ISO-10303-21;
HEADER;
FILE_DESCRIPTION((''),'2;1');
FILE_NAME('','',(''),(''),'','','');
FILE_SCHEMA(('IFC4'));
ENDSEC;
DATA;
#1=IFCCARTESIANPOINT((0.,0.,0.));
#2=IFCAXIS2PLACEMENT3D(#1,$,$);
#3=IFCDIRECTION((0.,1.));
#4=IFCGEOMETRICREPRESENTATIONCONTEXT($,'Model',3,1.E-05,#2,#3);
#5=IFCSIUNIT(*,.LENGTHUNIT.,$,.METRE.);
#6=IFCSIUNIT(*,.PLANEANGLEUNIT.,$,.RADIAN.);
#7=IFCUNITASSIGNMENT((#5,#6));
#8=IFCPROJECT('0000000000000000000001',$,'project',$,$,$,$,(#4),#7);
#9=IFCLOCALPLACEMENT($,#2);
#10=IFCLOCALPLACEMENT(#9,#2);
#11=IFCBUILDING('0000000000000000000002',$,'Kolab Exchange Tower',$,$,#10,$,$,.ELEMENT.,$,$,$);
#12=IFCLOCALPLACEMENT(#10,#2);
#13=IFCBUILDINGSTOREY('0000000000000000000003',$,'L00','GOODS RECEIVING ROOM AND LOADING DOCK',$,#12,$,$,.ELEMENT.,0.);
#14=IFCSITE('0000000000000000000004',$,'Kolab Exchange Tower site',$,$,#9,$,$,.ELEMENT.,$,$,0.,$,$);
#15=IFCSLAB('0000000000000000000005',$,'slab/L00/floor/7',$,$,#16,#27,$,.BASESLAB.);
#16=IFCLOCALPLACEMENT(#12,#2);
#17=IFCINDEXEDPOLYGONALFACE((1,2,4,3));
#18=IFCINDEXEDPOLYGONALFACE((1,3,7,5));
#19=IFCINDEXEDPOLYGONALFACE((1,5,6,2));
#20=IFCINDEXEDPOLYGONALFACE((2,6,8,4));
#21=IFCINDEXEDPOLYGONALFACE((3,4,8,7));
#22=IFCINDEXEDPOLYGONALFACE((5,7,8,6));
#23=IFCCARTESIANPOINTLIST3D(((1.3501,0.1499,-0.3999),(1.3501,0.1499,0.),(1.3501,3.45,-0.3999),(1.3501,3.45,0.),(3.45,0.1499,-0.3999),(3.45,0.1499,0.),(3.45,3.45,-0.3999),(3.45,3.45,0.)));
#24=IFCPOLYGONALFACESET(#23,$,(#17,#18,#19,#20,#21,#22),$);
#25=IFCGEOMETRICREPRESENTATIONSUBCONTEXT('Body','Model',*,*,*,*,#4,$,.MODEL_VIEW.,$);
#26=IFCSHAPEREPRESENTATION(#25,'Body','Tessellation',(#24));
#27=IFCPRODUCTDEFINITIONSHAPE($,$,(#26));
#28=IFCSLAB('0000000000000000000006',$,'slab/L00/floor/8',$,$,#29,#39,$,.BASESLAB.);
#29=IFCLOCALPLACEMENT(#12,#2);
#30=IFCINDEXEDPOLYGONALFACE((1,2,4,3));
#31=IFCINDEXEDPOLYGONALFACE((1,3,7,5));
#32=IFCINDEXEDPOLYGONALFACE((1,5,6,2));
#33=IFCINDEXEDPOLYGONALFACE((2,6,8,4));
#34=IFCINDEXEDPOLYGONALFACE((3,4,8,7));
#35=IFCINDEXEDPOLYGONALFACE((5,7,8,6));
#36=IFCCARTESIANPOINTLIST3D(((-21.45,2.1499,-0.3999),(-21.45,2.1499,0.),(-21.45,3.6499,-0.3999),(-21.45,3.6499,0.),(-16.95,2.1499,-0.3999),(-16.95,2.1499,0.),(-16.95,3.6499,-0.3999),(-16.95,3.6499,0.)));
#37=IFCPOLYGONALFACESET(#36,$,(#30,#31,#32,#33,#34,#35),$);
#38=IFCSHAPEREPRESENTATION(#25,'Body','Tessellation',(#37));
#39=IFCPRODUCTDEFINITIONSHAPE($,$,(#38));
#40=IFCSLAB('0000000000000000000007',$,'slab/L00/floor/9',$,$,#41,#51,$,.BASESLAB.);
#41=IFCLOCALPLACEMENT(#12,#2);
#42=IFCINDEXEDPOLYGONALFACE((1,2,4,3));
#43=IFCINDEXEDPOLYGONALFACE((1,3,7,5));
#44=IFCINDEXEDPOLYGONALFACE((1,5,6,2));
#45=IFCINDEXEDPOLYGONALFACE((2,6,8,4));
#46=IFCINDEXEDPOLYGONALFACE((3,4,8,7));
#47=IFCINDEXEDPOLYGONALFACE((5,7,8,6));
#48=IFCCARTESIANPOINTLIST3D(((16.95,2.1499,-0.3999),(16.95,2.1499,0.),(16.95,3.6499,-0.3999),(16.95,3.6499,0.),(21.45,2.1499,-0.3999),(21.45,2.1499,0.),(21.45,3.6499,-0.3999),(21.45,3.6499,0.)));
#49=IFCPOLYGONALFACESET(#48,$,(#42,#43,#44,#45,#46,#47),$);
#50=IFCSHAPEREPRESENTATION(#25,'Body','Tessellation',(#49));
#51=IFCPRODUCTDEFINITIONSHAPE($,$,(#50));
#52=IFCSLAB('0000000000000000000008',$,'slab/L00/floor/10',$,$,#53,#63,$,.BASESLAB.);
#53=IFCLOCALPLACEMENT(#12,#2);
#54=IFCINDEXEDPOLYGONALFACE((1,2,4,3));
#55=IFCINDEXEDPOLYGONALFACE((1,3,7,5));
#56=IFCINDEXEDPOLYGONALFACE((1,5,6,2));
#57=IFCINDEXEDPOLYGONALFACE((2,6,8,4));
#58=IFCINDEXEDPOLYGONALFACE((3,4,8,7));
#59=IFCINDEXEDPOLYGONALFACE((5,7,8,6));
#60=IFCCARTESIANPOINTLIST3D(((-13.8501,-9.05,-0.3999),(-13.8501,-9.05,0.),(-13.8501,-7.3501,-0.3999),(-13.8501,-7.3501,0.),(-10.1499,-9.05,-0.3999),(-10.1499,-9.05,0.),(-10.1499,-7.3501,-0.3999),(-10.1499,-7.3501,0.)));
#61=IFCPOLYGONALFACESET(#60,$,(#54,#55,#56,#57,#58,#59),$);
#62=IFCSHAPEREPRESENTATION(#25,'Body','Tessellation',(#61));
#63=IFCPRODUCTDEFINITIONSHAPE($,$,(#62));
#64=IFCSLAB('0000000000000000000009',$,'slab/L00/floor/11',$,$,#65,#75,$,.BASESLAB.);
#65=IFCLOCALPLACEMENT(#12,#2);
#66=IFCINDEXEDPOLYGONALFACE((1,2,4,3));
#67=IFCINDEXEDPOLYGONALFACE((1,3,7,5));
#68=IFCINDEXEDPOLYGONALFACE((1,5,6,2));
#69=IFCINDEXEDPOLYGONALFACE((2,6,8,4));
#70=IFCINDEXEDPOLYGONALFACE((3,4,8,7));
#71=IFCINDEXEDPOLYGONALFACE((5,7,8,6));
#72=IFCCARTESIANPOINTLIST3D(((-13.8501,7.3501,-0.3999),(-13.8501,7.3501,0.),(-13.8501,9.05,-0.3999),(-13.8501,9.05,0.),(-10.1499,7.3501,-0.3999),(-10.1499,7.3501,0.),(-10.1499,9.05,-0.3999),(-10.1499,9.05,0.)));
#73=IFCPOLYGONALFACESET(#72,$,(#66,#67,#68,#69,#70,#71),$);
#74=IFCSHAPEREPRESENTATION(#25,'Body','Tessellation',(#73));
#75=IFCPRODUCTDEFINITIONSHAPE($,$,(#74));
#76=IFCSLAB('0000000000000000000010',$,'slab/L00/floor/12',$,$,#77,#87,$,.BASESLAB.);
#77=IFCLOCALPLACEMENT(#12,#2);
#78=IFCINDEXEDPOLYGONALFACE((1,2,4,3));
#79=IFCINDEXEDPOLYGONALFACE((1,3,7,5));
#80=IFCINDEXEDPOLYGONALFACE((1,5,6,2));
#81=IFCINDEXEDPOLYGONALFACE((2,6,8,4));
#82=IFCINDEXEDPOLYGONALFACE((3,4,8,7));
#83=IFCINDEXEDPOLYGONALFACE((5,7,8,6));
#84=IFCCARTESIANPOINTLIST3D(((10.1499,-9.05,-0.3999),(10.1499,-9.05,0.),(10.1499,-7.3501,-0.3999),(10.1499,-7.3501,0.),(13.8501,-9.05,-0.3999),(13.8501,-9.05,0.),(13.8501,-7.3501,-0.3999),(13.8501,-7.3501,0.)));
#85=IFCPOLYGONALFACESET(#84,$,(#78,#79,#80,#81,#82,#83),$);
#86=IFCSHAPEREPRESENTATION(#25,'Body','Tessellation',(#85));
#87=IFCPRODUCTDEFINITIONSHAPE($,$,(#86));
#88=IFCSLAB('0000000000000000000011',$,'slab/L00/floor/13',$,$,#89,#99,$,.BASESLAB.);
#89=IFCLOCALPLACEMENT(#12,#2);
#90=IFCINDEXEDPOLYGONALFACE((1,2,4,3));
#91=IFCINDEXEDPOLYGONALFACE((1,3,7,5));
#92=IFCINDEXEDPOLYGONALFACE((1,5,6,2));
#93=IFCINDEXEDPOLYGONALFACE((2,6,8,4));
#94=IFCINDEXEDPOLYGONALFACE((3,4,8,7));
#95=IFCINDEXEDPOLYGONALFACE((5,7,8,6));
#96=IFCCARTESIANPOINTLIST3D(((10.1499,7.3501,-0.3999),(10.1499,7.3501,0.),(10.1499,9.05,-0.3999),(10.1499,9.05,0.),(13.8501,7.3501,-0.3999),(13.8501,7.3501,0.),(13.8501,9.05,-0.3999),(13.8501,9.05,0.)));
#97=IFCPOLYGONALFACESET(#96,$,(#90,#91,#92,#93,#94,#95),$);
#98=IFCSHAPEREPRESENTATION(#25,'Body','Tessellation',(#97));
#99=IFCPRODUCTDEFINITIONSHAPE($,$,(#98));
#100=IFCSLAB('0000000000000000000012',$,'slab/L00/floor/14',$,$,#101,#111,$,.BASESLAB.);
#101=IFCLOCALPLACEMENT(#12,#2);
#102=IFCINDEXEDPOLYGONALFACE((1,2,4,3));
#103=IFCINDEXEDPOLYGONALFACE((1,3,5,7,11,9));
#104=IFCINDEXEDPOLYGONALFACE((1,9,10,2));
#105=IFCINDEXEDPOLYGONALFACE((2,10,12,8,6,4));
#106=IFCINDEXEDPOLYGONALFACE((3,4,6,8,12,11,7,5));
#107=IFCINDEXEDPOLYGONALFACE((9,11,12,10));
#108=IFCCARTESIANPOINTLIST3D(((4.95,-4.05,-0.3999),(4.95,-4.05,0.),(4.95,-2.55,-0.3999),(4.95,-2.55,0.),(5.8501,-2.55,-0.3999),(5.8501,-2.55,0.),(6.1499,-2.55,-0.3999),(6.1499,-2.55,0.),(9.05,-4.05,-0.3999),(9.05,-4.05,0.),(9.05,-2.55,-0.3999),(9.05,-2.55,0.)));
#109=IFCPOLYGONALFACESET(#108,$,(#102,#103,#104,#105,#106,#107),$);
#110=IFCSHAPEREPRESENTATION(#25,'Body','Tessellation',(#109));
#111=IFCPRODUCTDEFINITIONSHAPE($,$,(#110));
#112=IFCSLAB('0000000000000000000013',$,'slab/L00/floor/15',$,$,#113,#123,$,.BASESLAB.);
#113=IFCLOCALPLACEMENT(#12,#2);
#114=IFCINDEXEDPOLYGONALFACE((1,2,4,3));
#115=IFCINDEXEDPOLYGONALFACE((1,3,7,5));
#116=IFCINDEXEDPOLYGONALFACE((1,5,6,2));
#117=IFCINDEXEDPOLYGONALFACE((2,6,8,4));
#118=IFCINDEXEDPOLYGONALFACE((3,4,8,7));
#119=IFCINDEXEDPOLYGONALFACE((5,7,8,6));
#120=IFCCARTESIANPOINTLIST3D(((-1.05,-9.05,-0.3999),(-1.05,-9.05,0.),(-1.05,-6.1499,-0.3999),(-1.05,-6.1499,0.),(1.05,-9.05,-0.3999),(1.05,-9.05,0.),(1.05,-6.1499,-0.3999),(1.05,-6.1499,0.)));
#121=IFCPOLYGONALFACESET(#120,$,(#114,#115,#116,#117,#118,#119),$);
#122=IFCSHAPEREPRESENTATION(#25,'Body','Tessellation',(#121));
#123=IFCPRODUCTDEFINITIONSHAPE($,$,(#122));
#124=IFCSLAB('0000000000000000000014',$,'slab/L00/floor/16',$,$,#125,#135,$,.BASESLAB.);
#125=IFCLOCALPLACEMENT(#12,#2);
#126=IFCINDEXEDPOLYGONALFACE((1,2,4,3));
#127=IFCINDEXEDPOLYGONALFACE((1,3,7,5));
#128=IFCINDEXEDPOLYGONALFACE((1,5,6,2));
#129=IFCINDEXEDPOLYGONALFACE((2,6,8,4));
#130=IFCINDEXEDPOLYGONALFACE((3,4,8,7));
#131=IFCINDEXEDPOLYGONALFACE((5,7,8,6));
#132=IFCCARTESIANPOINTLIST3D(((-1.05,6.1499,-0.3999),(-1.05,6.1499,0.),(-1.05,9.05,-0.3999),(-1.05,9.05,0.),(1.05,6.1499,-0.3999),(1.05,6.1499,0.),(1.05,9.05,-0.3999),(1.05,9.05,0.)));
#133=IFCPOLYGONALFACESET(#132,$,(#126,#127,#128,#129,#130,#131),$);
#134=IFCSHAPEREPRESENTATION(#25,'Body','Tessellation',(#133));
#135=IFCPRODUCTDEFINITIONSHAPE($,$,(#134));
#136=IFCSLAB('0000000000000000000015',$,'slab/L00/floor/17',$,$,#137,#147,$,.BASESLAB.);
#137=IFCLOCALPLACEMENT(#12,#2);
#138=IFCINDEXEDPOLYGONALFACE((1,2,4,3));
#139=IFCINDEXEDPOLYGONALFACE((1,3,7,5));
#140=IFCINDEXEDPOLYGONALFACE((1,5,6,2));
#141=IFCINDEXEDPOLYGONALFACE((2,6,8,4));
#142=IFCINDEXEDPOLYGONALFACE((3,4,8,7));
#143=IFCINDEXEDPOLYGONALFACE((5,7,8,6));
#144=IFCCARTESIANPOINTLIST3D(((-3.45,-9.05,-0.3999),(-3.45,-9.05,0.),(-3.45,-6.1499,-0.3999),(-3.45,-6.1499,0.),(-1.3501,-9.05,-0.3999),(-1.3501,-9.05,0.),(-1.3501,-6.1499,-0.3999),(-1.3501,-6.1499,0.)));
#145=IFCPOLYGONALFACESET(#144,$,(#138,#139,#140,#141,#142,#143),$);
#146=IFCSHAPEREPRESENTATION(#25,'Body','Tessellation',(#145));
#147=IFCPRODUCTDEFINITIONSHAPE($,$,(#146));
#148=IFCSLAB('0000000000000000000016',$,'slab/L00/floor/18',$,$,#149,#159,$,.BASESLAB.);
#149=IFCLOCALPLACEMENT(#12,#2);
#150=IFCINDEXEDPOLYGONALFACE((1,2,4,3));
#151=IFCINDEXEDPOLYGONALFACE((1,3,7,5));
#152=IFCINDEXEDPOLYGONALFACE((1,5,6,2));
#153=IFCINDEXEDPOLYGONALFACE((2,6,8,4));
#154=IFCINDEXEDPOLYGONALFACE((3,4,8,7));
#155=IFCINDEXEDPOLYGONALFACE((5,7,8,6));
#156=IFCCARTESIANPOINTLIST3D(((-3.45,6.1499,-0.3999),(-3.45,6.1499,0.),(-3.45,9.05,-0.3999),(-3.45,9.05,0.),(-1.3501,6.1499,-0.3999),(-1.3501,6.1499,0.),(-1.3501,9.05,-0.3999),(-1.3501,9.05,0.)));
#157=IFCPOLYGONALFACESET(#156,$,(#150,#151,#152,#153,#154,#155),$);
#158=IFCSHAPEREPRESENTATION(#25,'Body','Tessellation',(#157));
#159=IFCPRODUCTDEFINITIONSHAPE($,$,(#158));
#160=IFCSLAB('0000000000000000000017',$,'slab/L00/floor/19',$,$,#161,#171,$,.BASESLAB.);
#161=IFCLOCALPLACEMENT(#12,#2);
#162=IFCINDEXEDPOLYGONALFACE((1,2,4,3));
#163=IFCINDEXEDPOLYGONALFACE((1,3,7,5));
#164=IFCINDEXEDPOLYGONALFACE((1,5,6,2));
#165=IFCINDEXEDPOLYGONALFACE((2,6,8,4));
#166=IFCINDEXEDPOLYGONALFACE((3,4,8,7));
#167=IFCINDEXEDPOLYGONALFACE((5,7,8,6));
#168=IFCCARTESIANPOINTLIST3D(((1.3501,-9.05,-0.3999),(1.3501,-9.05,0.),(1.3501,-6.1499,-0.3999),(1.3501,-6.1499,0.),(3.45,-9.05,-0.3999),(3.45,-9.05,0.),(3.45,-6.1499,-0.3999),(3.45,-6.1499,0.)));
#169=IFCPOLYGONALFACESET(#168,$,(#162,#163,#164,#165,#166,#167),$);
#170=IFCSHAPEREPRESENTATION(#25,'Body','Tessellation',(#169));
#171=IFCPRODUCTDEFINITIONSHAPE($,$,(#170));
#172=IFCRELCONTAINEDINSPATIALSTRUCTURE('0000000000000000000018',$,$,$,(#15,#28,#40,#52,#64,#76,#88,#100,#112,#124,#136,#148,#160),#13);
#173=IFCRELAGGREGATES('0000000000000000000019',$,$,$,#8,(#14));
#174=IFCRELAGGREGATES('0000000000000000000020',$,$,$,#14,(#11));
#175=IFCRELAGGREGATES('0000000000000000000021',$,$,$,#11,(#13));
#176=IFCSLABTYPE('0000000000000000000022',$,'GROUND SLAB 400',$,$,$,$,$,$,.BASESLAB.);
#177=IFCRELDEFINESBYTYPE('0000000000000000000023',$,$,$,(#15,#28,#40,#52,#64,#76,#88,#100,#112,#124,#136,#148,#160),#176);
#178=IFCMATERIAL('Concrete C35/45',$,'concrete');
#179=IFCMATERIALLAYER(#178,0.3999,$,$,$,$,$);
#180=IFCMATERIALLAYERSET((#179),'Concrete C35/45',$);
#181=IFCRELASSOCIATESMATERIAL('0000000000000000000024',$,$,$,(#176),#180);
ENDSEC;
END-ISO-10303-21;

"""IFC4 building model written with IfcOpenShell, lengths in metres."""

from ifc_helpers import new_model, si_unit, direction, frame, origin, place, context, subcontext, project, spatial, polyline, outline, extrude, material, layer, layer_set, type_object, element, save


model = new_model("IFC4")

# Units and contexts
model_context = context("Model", 3, precision=1e-05, world=origin(), true_north=direction((0.0, 1.0)))
body_context = subcontext(model_context, "Body", "Model", "MODEL_VIEW")
ifc_project = project(units=[si_unit("LENGTHUNIT", "METRE"), si_unit("PLANEANGLEUNIT", "RADIAN")], contexts=[model_context])

# Site, building, storey
site_placement = place(None, origin())
site = spatial("IfcSite", under=ifc_project, at=site_placement, Name="Kolab Exchange Tower site", CompositionType="ELEMENT", RefElevation=0.0)
building_placement = place(site_placement, origin())
building = spatial("IfcBuilding", under=site, at=building_placement, Name="Kolab Exchange Tower", CompositionType="ELEMENT")
storey_placement = place(building_placement, origin())
storey = spatial("IfcBuildingStorey", under=building, at=storey_placement, Name="L00", Description="GOODS RECEIVING ROOM AND LOADING DOCK", CompositionType="ELEMENT", Elevation=0.0)

# Slabs
ifc_material_1 = material(Name="Concrete C35/45", Category="concrete")
ifc_layer_1 = layer(ifc_material_1, 0.3999)
ifc_layer_set_1 = layer_set([ifc_layer_1], Name="Concrete C35/45")
slab_type = type_object("IfcSlabType", Name="GROUND SLAB 400", PredefinedType="BASESLAB", material=ifc_layer_set_1)
slab_1_placement = place(storey_placement, frame((0.0, 0.0, -0.3999)))
element("IfcSlab", 1, at=slab_1_placement, inside=storey, type_object=slab_type, Name="slab/L00/floor/7", PredefinedType="BASESLAB", context=body_context, shape_type="SweptSolid", body=[
    extrude(outline(polyline([(1.3501, 0.1499), (3.45, 0.1499), (3.45, 3.45), (1.3501, 3.45), (1.3501, 0.1499)])), origin(), (0.0, 0.0, 1.0), 0.3999),
])
slab_2_placement = place(storey_placement, frame((0.0, 0.0, -0.3999)))
element("IfcSlab", 2, at=slab_2_placement, inside=storey, type_object=slab_type, Name="slab/L00/floor/8", PredefinedType="BASESLAB", context=body_context, shape_type="SweptSolid", body=[
    extrude(outline(polyline([(-21.45, 3.6499), (-21.45, 2.1499), (-16.95, 2.1499), (-16.95, 3.6499), (-21.45, 3.6499)])), origin(), (0.0, 0.0, 1.0), 0.3999),
])
slab_3_placement = place(storey_placement, frame((0.0, 0.0, -0.3999)))
element("IfcSlab", 3, at=slab_3_placement, inside=storey, type_object=slab_type, Name="slab/L00/floor/9", PredefinedType="BASESLAB", context=body_context, shape_type="SweptSolid", body=[
    extrude(outline(polyline([(21.45, 3.6499), (16.95, 3.6499), (16.95, 2.1499), (21.45, 2.1499), (21.45, 3.6499)])), origin(), (0.0, 0.0, 1.0), 0.3999),
])
slab_4_placement = place(storey_placement, frame((0.0, 0.0, -0.3999)))
element("IfcSlab", 4, at=slab_4_placement, inside=storey, type_object=slab_type, Name="slab/L00/floor/10", PredefinedType="BASESLAB", context=body_context, shape_type="SweptSolid", body=[
    extrude(outline(polyline([(-13.8501, -7.3501), (-13.8501, -9.05), (-10.1499, -9.05), (-10.1499, -7.3501), (-13.8501, -7.3501)])), origin(), (0.0, 0.0, 1.0), 0.3999),
])
slab_5_placement = place(storey_placement, frame((0.0, 0.0, -0.3999)))
element("IfcSlab", 5, at=slab_5_placement, inside=storey, type_object=slab_type, Name="slab/L00/floor/11", PredefinedType="BASESLAB", context=body_context, shape_type="SweptSolid", body=[
    extrude(outline(polyline([(-13.8501, 7.3501), (-10.1499, 7.3501), (-10.1499, 9.05), (-13.8501, 9.05), (-13.8501, 7.3501)])), origin(), (0.0, 0.0, 1.0), 0.3999),
])
slab_6_placement = place(storey_placement, frame((0.0, 0.0, -0.3999)))
element("IfcSlab", 6, at=slab_6_placement, inside=storey, type_object=slab_type, Name="slab/L00/floor/12", PredefinedType="BASESLAB", context=body_context, shape_type="SweptSolid", body=[
    extrude(outline(polyline([(10.1499, -7.3501), (10.1499, -9.05), (13.8501, -9.05), (13.8501, -7.3501), (10.1499, -7.3501)])), origin(), (0.0, 0.0, 1.0), 0.3999),
])
slab_7_placement = place(storey_placement, frame((0.0, 0.0, -0.3999)))
element("IfcSlab", 7, at=slab_7_placement, inside=storey, type_object=slab_type, Name="slab/L00/floor/13", PredefinedType="BASESLAB", context=body_context, shape_type="SweptSolid", body=[
    extrude(outline(polyline([(10.1499, 7.3501), (13.8501, 7.3501), (13.8501, 9.05), (10.1499, 9.05), (10.1499, 7.3501)])), origin(), (0.0, 0.0, 1.0), 0.3999),
])
slab_8_placement = place(storey_placement, frame((0.0, 0.0, -0.3999)))
element("IfcSlab", 8, at=slab_8_placement, inside=storey, type_object=slab_type, Name="slab/L00/floor/14", PredefinedType="BASESLAB", context=body_context, shape_type="SweptSolid", body=[
    extrude(outline(polyline([(9.05, -2.55), (6.1499, -2.55), (5.8501, -2.55), (4.95, -2.55), (4.95, -4.05), (9.05, -4.05), (9.05, -2.55)])), origin(), (0.0, 0.0, 1.0), 0.3999),
])
slab_9_placement = place(storey_placement, frame((0.0, 0.0, -0.3999)))
element("IfcSlab", 9, at=slab_9_placement, inside=storey, type_object=slab_type, Name="slab/L00/floor/15", PredefinedType="BASESLAB", context=body_context, shape_type="SweptSolid", body=[
    extrude(outline(polyline([(-1.05, -6.1499), (-1.05, -9.05), (1.05, -9.05), (1.05, -6.1499), (-1.05, -6.1499)])), origin(), (0.0, 0.0, 1.0), 0.3999),
])
slab_10_placement = place(storey_placement, frame((0.0, 0.0, -0.3999)))
element("IfcSlab", 10, at=slab_10_placement, inside=storey, type_object=slab_type, Name="slab/L00/floor/16", PredefinedType="BASESLAB", context=body_context, shape_type="SweptSolid", body=[
    extrude(outline(polyline([(-1.05, 9.05), (-1.05, 6.1499), (1.05, 6.1499), (1.05, 9.05), (-1.05, 9.05)])), origin(), (0.0, 0.0, 1.0), 0.3999),
])
slab_11_placement = place(storey_placement, frame((0.0, 0.0, -0.3999)))
element("IfcSlab", 11, at=slab_11_placement, inside=storey, type_object=slab_type, Name="slab/L00/floor/17", PredefinedType="BASESLAB", context=body_context, shape_type="SweptSolid", body=[
    extrude(outline(polyline([(-1.3501, -6.1499), (-3.45, -6.1499), (-3.45, -9.05), (-1.3501, -9.05), (-1.3501, -6.1499)])), origin(), (0.0, 0.0, 1.0), 0.3999),
])
slab_12_placement = place(storey_placement, frame((0.0, 0.0, -0.3999)))
element("IfcSlab", 12, at=slab_12_placement, inside=storey, type_object=slab_type, Name="slab/L00/floor/18", PredefinedType="BASESLAB", context=body_context, shape_type="SweptSolid", body=[
    extrude(outline(polyline([(-1.3501, 6.1499), (-1.3501, 9.05), (-3.45, 9.05), (-3.45, 6.1499), (-1.3501, 6.1499)])), origin(), (0.0, 0.0, 1.0), 0.3999),
])
slab_13_placement = place(storey_placement, frame((0.0, 0.0, -0.3999)))
element("IfcSlab", 13, at=slab_13_placement, inside=storey, type_object=slab_type, Name="slab/L00/floor/19", PredefinedType="BASESLAB", context=body_context, shape_type="SweptSolid", body=[
    extrude(outline(polyline([(1.3501, -6.1499), (1.3501, -9.05), (3.45, -9.05), (3.45, -6.1499), (1.3501, -6.1499)])), origin(), (0.0, 0.0, 1.0), 0.3999),
])

save(model, "model.ifc")
